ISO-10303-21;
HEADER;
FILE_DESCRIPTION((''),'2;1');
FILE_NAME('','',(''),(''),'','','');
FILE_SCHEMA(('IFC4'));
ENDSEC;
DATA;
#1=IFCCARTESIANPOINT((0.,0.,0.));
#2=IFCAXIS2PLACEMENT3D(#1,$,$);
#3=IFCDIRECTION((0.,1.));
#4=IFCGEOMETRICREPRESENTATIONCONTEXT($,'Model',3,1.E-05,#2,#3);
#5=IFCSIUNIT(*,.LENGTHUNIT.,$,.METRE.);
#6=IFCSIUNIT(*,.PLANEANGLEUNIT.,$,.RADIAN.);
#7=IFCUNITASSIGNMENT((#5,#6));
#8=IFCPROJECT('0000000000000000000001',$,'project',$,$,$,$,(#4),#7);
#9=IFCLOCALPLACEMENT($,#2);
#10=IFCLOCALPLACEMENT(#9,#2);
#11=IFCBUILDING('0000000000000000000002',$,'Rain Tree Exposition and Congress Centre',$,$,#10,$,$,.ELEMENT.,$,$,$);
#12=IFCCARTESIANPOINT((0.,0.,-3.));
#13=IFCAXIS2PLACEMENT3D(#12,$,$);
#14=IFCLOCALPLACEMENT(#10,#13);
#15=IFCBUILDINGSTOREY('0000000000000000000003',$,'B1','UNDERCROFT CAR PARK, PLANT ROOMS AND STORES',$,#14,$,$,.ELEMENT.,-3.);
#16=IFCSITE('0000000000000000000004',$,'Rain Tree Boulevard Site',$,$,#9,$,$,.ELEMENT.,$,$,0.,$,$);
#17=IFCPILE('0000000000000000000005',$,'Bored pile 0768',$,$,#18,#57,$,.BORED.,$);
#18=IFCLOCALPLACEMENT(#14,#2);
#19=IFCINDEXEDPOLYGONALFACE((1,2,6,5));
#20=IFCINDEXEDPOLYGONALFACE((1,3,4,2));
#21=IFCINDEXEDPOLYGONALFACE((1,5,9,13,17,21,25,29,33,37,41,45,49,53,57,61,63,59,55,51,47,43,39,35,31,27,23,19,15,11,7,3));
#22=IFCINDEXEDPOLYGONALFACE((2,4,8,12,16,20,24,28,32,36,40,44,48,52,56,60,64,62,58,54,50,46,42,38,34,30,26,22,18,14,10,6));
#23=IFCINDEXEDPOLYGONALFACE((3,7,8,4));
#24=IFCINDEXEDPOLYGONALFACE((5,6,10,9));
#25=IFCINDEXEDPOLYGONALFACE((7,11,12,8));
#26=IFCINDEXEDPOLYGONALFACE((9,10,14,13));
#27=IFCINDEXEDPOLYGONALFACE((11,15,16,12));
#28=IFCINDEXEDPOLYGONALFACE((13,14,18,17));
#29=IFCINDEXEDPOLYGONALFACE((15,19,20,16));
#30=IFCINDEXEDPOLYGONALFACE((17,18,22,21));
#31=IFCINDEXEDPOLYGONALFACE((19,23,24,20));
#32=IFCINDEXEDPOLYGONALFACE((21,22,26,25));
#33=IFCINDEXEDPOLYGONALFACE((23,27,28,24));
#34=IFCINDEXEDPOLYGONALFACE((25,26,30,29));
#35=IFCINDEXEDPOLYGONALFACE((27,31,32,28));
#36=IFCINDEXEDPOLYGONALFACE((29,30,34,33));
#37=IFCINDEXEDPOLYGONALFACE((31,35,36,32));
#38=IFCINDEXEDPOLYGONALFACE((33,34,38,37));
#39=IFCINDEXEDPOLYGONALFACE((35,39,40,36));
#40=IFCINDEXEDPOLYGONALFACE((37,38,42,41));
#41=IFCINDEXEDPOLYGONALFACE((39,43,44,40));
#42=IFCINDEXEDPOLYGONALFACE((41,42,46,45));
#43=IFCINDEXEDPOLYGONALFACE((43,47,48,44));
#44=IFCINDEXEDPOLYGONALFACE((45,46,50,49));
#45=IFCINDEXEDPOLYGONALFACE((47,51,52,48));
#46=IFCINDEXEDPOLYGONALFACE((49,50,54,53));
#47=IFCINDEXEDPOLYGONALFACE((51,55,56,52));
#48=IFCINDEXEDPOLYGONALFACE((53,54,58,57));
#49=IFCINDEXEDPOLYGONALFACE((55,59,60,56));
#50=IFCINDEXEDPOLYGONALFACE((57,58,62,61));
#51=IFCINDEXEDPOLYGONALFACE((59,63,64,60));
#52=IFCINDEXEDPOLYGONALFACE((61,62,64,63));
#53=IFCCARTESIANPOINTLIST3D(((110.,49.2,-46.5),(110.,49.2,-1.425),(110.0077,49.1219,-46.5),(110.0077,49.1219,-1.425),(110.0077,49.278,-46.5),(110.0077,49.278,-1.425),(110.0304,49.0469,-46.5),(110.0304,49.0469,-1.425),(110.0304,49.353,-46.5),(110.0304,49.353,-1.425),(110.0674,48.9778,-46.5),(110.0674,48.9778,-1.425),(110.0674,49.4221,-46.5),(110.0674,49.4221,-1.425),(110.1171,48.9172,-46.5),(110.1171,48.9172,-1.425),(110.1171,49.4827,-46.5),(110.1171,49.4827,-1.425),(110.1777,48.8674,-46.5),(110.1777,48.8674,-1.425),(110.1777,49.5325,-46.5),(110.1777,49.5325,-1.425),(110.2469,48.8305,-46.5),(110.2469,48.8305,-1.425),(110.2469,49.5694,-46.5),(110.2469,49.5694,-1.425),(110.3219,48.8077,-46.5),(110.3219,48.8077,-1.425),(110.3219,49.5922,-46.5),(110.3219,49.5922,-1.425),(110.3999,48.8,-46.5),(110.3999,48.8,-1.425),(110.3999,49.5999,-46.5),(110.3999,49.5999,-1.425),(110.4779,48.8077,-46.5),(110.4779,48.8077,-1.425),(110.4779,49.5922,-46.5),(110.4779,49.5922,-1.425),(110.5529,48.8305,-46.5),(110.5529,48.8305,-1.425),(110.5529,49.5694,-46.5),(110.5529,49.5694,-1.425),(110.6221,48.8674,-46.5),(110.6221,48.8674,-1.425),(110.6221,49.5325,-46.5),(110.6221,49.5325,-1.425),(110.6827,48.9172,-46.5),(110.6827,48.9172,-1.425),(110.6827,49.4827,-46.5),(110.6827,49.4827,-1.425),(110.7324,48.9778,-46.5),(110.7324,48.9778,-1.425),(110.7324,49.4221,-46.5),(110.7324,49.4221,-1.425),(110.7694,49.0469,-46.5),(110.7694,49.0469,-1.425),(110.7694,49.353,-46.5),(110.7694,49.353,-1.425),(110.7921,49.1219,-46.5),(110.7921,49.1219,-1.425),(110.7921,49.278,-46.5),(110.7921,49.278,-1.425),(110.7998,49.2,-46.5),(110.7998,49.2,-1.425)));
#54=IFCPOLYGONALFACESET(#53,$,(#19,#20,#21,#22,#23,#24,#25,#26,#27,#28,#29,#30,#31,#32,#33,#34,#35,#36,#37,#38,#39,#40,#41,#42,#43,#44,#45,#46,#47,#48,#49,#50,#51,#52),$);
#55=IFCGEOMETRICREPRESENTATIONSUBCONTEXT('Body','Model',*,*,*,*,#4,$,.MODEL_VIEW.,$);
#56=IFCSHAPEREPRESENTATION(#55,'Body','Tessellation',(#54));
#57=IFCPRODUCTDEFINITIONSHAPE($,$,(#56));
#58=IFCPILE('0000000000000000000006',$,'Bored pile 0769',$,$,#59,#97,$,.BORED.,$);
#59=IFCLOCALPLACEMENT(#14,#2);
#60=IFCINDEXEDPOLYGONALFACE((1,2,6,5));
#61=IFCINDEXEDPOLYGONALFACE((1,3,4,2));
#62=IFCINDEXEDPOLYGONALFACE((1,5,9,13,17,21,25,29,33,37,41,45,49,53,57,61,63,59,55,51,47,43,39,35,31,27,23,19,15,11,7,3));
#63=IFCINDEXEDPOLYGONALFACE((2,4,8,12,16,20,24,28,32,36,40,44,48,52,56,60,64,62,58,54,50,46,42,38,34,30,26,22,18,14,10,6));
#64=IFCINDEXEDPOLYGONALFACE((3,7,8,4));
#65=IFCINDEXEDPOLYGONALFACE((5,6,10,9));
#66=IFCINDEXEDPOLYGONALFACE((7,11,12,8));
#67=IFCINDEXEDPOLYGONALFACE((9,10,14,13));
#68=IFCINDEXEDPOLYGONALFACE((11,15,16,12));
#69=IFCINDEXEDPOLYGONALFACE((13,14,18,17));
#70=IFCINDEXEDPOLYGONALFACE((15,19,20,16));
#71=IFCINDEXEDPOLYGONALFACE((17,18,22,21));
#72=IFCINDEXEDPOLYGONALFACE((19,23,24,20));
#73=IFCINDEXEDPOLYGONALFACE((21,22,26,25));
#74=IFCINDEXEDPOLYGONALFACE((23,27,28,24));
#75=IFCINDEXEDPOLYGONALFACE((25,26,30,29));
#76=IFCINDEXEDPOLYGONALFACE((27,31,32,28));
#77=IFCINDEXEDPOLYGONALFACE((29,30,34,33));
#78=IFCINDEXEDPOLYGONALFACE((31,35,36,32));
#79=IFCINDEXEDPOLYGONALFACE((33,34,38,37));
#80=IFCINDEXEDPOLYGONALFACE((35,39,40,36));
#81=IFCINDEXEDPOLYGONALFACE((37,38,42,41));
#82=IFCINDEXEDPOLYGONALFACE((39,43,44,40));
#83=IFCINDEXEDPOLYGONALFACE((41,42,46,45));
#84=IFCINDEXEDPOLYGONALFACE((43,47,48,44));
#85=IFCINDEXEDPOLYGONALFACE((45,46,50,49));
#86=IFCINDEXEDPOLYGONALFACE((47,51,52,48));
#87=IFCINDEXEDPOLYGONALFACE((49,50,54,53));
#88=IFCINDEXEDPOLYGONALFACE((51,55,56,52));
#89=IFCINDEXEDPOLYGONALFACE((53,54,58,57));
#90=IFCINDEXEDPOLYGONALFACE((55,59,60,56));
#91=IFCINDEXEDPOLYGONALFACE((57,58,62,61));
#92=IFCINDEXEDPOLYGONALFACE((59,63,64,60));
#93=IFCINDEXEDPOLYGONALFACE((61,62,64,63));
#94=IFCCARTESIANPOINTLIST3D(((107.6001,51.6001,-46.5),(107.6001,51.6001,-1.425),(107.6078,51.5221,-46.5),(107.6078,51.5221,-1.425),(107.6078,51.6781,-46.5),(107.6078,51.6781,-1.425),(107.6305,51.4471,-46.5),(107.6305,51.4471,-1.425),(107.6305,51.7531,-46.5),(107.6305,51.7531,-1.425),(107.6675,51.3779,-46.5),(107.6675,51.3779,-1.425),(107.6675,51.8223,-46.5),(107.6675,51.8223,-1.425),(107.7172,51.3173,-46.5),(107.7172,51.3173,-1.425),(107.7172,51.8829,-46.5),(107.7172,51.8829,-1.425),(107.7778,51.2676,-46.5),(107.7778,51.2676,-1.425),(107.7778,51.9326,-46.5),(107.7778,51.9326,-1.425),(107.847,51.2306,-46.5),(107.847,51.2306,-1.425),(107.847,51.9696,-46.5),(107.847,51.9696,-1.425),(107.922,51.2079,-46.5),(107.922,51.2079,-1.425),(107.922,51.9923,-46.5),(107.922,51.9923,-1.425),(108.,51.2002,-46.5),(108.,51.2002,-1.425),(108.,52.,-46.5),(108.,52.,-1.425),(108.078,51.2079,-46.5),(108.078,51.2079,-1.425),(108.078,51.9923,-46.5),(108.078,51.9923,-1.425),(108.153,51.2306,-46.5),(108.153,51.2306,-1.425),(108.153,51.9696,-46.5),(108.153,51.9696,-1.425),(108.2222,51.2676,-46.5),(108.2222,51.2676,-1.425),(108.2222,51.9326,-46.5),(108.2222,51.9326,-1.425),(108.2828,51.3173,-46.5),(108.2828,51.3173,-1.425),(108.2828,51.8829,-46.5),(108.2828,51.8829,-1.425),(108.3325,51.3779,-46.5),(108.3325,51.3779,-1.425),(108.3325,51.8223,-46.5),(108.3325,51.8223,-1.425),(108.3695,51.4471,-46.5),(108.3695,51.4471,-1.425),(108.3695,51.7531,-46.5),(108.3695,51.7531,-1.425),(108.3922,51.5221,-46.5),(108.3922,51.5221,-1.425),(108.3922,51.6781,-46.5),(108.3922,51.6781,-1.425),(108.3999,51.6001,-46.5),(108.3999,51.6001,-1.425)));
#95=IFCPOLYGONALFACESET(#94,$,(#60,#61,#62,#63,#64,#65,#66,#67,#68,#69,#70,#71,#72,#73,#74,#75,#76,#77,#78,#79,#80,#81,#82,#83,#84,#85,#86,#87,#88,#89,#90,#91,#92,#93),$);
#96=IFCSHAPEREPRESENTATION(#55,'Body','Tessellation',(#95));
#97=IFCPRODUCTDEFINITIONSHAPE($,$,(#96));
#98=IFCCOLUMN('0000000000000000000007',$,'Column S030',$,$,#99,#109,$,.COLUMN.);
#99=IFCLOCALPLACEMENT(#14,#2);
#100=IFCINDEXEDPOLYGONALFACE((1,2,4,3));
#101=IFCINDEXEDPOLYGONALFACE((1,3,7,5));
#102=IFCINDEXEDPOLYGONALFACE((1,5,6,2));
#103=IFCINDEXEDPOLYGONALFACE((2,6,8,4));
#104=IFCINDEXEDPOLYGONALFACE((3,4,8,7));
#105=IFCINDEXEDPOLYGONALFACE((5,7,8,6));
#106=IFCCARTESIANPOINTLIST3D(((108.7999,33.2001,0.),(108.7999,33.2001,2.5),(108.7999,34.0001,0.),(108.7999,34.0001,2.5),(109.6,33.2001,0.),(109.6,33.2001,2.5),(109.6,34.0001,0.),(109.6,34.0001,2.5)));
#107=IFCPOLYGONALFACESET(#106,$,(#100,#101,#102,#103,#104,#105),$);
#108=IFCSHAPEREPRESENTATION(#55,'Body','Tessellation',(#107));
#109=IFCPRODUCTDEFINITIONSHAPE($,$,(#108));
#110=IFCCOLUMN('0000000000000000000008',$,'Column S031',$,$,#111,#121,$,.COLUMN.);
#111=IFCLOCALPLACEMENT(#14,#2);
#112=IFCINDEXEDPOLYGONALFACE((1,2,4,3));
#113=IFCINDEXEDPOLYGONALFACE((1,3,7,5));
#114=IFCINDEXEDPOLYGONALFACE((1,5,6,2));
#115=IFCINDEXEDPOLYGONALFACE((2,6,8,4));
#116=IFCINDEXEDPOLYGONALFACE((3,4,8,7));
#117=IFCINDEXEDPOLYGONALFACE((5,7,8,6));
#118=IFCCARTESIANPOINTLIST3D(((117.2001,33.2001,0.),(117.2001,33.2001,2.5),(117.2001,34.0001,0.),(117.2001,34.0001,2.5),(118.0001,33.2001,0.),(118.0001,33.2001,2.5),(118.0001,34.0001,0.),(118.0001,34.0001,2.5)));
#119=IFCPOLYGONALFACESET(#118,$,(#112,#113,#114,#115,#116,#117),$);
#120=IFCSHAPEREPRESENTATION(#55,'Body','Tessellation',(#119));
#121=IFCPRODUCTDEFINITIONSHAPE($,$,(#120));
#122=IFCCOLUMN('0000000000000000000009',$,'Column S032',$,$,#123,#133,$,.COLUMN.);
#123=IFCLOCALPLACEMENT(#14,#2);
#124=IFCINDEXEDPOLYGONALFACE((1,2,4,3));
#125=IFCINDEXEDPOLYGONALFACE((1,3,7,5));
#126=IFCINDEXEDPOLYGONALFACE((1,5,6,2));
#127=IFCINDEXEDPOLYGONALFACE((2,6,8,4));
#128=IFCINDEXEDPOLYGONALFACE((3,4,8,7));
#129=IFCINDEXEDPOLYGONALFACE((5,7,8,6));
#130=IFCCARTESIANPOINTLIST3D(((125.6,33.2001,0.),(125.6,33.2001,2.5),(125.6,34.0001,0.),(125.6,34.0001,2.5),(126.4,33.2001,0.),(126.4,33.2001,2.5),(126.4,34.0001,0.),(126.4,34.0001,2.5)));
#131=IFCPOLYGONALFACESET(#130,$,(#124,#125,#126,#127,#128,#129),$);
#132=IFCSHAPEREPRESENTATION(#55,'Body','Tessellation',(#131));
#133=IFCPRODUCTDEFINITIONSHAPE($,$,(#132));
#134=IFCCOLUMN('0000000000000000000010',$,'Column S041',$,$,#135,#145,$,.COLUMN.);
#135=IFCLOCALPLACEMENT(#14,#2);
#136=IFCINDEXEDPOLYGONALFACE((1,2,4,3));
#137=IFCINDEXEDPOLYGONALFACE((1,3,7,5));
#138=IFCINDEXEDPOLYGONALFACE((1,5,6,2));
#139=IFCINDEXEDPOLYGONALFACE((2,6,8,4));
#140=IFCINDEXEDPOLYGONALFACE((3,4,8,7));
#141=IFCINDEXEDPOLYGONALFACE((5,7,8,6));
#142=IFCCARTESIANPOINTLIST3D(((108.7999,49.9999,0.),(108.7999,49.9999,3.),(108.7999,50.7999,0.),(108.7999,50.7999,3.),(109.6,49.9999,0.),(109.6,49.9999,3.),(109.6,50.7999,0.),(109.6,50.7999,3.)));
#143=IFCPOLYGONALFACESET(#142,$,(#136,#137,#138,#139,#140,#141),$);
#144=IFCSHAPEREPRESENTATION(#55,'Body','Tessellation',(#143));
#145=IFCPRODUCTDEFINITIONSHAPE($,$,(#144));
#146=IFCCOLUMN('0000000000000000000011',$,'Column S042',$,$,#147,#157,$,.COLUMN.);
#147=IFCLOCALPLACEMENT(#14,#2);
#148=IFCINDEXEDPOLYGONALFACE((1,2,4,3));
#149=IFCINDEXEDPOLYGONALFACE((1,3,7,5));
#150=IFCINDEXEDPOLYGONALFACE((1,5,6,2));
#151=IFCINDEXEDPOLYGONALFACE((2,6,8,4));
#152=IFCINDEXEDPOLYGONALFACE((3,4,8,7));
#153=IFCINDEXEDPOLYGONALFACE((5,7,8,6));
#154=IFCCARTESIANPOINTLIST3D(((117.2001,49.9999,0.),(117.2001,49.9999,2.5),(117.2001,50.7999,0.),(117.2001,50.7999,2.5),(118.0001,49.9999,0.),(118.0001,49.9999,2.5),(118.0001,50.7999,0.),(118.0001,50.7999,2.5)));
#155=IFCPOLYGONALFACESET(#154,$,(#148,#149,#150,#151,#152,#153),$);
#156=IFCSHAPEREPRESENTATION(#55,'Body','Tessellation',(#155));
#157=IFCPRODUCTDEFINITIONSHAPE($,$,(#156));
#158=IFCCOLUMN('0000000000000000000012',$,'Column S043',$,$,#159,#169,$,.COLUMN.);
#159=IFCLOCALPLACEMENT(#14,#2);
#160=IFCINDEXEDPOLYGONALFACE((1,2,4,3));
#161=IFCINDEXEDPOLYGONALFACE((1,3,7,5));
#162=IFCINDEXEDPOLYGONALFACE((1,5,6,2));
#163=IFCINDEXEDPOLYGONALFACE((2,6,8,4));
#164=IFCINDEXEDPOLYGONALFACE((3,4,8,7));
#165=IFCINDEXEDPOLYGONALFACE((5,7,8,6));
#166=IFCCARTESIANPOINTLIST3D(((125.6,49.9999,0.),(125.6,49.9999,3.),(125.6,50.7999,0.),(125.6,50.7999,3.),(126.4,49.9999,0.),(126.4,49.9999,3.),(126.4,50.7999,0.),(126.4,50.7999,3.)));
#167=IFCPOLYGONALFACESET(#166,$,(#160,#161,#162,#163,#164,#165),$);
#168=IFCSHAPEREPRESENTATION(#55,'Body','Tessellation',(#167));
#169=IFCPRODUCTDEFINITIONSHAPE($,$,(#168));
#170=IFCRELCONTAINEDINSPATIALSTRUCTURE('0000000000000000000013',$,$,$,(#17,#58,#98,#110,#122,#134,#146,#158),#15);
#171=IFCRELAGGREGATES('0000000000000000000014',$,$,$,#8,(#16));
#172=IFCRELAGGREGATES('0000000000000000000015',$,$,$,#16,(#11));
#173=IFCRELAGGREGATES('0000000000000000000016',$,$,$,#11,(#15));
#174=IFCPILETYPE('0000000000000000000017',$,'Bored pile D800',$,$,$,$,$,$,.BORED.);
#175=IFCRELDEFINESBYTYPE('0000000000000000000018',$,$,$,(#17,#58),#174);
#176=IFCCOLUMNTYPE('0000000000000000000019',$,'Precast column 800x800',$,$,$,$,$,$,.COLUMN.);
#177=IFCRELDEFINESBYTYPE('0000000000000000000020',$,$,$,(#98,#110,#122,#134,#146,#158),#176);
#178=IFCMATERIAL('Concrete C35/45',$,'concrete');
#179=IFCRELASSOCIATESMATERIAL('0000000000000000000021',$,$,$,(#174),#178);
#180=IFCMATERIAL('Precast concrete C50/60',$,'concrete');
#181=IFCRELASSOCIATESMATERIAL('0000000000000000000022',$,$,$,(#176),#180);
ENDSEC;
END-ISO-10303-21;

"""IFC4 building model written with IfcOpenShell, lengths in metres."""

from ifc_helpers import new_model, si_unit, direction, frame, origin, origin_2d, place, context, subcontext, project, spatial, rectangle, circle, extrude, material, material_profile, profile_set, type_object, element, save


model = new_model("IFC4")

# Units and contexts
model_context = context("Model", 3, precision=1e-05, world=origin(), true_north=direction((0.0, 1.0)))
body_context = subcontext(model_context, "Body", "Model", "MODEL_VIEW")
ifc_project = project(units=[si_unit("LENGTHUNIT", "METRE"), si_unit("PLANEANGLEUNIT", "RADIAN")], contexts=[model_context])

# Site, building, storey
site_placement = place(None, origin())
site = spatial("IfcSite", under=ifc_project, at=site_placement, Name="Rain Tree Boulevard Site", CompositionType="ELEMENT", RefElevation=0.0)
building_placement = place(site_placement, origin())
building = spatial("IfcBuilding", under=site, at=building_placement, Name="Rain Tree Exposition and Congress Centre", CompositionType="ELEMENT")
storey_placement = place(building_placement, frame((0.0, 0.0, -3.0)))
storey = spatial("IfcBuildingStorey", under=building, at=storey_placement, Name="B1", Description="UNDERCROFT CAR PARK, PLANT ROOMS AND STORES", CompositionType="ELEMENT", Elevation=-3.0)

# Piles
ifc_material_1 = material(Name="Concrete C35/45", Category="concrete")
ifc_material_profile_1 = material_profile(ifc_material_1, circle(Radius=0.3999, at=origin_2d()), Name="D800")
ifc_profile_set_1 = profile_set([ifc_material_profile_1], Name="Concrete C35/45")
pile_type = type_object("IfcPileType", Name="Bored pile D800", PredefinedType="BORED", material=ifc_profile_set_1)
for number, where, z_axis, x_axis, name in (
    (1, (110.3999, 49.2, -1.425), (0.0, 0.0, -1.0), (1.0, 0.0, 0.0), "Bored pile 0768"),
    (2, (108.0, 51.6001, -1.425), (0.0, 0.0, -1.0), (1.0, 0.0, 0.0), "Bored pile 0769"),
):
    element("IfcPile", number, at=place(storey_placement, frame(where, z_axis=z_axis, x_axis=x_axis)), inside=storey, type_object=pile_type, Name=name, PredefinedType="BORED", context=body_context, shape_type="SweptSolid", body=[
        extrude(circle(Radius=0.3999, at=origin_2d()), origin(), (0.0, 0.0, 1.0), 45.075),
    ])

# Columns
ifc_material_2 = material(Name="Precast concrete C50/60", Category="concrete")
ifc_material_profile_2 = material_profile(ifc_material_2, rectangle(XDim=0.8, YDim=0.8, at=origin_2d()), Name="RC 800x800")
ifc_profile_set_2 = profile_set([ifc_material_profile_2], Name="Precast concrete C50/60")
column_type = type_object("IfcColumnType", Name="Precast column 800x800", PredefinedType="COLUMN", material=ifc_profile_set_2)
for number, where, z_axis, x_axis, name in (
    (3, (109.2, 33.6001, 0.0), (0.0, 0.0, 1.0), (1.0, 0.0, 0.0), "Column S030"),
    (4, (117.6001, 33.6001, 0.0), (0.0, 0.0, 1.0), (1.0, 0.0, 0.0), "Column S031"),
    (5, (126.0, 33.6001, 0.0), (0.0, 0.0, 1.0), (1.0, 0.0, 0.0), "Column S032"),
):
    element("IfcColumn", number, at=place(storey_placement, frame(where, z_axis=z_axis, x_axis=x_axis)), inside=storey, type_object=column_type, Name=name, PredefinedType="COLUMN", context=body_context, shape_type="SweptSolid", body=[
        extrude(rectangle(XDim=0.8, YDim=0.8, at=origin_2d()), origin(), (0.0, 0.0, 1.0), 2.5),
    ])
column_1_placement = place(storey_placement, frame((109.2, 50.3999, 0.0), z_axis=(0.0, 0.0, 1.0), x_axis=(1.0, 0.0, 0.0)))
element("IfcColumn", 6, at=column_1_placement, inside=storey, type_object=column_type, Name="Column S041", PredefinedType="COLUMN", context=body_context, shape_type="SweptSolid", body=[
    extrude(rectangle(XDim=0.8, YDim=0.8, at=origin_2d()), origin(), (0.0, 0.0, 1.0), 3.0),
])
column_2_placement = place(storey_placement, frame((117.6001, 50.3999, 0.0), z_axis=(0.0, 0.0, 1.0), x_axis=(1.0, 0.0, 0.0)))
element("IfcColumn", 7, at=column_2_placement, inside=storey, type_object=column_type, Name="Column S042", PredefinedType="COLUMN", context=body_context, shape_type="SweptSolid", body=[
    extrude(rectangle(XDim=0.8, YDim=0.8, at=origin_2d()), origin(), (0.0, 0.0, 1.0), 2.5),
])
column_3_placement = place(storey_placement, frame((126.0, 50.3999, 0.0), z_axis=(0.0, 0.0, 1.0), x_axis=(1.0, 0.0, 0.0)))
element("IfcColumn", 8, at=column_3_placement, inside=storey, type_object=column_type, Name="Column S043", PredefinedType="COLUMN", context=body_context, shape_type="SweptSolid", body=[
    extrude(rectangle(XDim=0.8, YDim=0.8, at=origin_2d()), origin(), (0.0, 0.0, 1.0), 3.0),
])

save(model, "model.ifc")
